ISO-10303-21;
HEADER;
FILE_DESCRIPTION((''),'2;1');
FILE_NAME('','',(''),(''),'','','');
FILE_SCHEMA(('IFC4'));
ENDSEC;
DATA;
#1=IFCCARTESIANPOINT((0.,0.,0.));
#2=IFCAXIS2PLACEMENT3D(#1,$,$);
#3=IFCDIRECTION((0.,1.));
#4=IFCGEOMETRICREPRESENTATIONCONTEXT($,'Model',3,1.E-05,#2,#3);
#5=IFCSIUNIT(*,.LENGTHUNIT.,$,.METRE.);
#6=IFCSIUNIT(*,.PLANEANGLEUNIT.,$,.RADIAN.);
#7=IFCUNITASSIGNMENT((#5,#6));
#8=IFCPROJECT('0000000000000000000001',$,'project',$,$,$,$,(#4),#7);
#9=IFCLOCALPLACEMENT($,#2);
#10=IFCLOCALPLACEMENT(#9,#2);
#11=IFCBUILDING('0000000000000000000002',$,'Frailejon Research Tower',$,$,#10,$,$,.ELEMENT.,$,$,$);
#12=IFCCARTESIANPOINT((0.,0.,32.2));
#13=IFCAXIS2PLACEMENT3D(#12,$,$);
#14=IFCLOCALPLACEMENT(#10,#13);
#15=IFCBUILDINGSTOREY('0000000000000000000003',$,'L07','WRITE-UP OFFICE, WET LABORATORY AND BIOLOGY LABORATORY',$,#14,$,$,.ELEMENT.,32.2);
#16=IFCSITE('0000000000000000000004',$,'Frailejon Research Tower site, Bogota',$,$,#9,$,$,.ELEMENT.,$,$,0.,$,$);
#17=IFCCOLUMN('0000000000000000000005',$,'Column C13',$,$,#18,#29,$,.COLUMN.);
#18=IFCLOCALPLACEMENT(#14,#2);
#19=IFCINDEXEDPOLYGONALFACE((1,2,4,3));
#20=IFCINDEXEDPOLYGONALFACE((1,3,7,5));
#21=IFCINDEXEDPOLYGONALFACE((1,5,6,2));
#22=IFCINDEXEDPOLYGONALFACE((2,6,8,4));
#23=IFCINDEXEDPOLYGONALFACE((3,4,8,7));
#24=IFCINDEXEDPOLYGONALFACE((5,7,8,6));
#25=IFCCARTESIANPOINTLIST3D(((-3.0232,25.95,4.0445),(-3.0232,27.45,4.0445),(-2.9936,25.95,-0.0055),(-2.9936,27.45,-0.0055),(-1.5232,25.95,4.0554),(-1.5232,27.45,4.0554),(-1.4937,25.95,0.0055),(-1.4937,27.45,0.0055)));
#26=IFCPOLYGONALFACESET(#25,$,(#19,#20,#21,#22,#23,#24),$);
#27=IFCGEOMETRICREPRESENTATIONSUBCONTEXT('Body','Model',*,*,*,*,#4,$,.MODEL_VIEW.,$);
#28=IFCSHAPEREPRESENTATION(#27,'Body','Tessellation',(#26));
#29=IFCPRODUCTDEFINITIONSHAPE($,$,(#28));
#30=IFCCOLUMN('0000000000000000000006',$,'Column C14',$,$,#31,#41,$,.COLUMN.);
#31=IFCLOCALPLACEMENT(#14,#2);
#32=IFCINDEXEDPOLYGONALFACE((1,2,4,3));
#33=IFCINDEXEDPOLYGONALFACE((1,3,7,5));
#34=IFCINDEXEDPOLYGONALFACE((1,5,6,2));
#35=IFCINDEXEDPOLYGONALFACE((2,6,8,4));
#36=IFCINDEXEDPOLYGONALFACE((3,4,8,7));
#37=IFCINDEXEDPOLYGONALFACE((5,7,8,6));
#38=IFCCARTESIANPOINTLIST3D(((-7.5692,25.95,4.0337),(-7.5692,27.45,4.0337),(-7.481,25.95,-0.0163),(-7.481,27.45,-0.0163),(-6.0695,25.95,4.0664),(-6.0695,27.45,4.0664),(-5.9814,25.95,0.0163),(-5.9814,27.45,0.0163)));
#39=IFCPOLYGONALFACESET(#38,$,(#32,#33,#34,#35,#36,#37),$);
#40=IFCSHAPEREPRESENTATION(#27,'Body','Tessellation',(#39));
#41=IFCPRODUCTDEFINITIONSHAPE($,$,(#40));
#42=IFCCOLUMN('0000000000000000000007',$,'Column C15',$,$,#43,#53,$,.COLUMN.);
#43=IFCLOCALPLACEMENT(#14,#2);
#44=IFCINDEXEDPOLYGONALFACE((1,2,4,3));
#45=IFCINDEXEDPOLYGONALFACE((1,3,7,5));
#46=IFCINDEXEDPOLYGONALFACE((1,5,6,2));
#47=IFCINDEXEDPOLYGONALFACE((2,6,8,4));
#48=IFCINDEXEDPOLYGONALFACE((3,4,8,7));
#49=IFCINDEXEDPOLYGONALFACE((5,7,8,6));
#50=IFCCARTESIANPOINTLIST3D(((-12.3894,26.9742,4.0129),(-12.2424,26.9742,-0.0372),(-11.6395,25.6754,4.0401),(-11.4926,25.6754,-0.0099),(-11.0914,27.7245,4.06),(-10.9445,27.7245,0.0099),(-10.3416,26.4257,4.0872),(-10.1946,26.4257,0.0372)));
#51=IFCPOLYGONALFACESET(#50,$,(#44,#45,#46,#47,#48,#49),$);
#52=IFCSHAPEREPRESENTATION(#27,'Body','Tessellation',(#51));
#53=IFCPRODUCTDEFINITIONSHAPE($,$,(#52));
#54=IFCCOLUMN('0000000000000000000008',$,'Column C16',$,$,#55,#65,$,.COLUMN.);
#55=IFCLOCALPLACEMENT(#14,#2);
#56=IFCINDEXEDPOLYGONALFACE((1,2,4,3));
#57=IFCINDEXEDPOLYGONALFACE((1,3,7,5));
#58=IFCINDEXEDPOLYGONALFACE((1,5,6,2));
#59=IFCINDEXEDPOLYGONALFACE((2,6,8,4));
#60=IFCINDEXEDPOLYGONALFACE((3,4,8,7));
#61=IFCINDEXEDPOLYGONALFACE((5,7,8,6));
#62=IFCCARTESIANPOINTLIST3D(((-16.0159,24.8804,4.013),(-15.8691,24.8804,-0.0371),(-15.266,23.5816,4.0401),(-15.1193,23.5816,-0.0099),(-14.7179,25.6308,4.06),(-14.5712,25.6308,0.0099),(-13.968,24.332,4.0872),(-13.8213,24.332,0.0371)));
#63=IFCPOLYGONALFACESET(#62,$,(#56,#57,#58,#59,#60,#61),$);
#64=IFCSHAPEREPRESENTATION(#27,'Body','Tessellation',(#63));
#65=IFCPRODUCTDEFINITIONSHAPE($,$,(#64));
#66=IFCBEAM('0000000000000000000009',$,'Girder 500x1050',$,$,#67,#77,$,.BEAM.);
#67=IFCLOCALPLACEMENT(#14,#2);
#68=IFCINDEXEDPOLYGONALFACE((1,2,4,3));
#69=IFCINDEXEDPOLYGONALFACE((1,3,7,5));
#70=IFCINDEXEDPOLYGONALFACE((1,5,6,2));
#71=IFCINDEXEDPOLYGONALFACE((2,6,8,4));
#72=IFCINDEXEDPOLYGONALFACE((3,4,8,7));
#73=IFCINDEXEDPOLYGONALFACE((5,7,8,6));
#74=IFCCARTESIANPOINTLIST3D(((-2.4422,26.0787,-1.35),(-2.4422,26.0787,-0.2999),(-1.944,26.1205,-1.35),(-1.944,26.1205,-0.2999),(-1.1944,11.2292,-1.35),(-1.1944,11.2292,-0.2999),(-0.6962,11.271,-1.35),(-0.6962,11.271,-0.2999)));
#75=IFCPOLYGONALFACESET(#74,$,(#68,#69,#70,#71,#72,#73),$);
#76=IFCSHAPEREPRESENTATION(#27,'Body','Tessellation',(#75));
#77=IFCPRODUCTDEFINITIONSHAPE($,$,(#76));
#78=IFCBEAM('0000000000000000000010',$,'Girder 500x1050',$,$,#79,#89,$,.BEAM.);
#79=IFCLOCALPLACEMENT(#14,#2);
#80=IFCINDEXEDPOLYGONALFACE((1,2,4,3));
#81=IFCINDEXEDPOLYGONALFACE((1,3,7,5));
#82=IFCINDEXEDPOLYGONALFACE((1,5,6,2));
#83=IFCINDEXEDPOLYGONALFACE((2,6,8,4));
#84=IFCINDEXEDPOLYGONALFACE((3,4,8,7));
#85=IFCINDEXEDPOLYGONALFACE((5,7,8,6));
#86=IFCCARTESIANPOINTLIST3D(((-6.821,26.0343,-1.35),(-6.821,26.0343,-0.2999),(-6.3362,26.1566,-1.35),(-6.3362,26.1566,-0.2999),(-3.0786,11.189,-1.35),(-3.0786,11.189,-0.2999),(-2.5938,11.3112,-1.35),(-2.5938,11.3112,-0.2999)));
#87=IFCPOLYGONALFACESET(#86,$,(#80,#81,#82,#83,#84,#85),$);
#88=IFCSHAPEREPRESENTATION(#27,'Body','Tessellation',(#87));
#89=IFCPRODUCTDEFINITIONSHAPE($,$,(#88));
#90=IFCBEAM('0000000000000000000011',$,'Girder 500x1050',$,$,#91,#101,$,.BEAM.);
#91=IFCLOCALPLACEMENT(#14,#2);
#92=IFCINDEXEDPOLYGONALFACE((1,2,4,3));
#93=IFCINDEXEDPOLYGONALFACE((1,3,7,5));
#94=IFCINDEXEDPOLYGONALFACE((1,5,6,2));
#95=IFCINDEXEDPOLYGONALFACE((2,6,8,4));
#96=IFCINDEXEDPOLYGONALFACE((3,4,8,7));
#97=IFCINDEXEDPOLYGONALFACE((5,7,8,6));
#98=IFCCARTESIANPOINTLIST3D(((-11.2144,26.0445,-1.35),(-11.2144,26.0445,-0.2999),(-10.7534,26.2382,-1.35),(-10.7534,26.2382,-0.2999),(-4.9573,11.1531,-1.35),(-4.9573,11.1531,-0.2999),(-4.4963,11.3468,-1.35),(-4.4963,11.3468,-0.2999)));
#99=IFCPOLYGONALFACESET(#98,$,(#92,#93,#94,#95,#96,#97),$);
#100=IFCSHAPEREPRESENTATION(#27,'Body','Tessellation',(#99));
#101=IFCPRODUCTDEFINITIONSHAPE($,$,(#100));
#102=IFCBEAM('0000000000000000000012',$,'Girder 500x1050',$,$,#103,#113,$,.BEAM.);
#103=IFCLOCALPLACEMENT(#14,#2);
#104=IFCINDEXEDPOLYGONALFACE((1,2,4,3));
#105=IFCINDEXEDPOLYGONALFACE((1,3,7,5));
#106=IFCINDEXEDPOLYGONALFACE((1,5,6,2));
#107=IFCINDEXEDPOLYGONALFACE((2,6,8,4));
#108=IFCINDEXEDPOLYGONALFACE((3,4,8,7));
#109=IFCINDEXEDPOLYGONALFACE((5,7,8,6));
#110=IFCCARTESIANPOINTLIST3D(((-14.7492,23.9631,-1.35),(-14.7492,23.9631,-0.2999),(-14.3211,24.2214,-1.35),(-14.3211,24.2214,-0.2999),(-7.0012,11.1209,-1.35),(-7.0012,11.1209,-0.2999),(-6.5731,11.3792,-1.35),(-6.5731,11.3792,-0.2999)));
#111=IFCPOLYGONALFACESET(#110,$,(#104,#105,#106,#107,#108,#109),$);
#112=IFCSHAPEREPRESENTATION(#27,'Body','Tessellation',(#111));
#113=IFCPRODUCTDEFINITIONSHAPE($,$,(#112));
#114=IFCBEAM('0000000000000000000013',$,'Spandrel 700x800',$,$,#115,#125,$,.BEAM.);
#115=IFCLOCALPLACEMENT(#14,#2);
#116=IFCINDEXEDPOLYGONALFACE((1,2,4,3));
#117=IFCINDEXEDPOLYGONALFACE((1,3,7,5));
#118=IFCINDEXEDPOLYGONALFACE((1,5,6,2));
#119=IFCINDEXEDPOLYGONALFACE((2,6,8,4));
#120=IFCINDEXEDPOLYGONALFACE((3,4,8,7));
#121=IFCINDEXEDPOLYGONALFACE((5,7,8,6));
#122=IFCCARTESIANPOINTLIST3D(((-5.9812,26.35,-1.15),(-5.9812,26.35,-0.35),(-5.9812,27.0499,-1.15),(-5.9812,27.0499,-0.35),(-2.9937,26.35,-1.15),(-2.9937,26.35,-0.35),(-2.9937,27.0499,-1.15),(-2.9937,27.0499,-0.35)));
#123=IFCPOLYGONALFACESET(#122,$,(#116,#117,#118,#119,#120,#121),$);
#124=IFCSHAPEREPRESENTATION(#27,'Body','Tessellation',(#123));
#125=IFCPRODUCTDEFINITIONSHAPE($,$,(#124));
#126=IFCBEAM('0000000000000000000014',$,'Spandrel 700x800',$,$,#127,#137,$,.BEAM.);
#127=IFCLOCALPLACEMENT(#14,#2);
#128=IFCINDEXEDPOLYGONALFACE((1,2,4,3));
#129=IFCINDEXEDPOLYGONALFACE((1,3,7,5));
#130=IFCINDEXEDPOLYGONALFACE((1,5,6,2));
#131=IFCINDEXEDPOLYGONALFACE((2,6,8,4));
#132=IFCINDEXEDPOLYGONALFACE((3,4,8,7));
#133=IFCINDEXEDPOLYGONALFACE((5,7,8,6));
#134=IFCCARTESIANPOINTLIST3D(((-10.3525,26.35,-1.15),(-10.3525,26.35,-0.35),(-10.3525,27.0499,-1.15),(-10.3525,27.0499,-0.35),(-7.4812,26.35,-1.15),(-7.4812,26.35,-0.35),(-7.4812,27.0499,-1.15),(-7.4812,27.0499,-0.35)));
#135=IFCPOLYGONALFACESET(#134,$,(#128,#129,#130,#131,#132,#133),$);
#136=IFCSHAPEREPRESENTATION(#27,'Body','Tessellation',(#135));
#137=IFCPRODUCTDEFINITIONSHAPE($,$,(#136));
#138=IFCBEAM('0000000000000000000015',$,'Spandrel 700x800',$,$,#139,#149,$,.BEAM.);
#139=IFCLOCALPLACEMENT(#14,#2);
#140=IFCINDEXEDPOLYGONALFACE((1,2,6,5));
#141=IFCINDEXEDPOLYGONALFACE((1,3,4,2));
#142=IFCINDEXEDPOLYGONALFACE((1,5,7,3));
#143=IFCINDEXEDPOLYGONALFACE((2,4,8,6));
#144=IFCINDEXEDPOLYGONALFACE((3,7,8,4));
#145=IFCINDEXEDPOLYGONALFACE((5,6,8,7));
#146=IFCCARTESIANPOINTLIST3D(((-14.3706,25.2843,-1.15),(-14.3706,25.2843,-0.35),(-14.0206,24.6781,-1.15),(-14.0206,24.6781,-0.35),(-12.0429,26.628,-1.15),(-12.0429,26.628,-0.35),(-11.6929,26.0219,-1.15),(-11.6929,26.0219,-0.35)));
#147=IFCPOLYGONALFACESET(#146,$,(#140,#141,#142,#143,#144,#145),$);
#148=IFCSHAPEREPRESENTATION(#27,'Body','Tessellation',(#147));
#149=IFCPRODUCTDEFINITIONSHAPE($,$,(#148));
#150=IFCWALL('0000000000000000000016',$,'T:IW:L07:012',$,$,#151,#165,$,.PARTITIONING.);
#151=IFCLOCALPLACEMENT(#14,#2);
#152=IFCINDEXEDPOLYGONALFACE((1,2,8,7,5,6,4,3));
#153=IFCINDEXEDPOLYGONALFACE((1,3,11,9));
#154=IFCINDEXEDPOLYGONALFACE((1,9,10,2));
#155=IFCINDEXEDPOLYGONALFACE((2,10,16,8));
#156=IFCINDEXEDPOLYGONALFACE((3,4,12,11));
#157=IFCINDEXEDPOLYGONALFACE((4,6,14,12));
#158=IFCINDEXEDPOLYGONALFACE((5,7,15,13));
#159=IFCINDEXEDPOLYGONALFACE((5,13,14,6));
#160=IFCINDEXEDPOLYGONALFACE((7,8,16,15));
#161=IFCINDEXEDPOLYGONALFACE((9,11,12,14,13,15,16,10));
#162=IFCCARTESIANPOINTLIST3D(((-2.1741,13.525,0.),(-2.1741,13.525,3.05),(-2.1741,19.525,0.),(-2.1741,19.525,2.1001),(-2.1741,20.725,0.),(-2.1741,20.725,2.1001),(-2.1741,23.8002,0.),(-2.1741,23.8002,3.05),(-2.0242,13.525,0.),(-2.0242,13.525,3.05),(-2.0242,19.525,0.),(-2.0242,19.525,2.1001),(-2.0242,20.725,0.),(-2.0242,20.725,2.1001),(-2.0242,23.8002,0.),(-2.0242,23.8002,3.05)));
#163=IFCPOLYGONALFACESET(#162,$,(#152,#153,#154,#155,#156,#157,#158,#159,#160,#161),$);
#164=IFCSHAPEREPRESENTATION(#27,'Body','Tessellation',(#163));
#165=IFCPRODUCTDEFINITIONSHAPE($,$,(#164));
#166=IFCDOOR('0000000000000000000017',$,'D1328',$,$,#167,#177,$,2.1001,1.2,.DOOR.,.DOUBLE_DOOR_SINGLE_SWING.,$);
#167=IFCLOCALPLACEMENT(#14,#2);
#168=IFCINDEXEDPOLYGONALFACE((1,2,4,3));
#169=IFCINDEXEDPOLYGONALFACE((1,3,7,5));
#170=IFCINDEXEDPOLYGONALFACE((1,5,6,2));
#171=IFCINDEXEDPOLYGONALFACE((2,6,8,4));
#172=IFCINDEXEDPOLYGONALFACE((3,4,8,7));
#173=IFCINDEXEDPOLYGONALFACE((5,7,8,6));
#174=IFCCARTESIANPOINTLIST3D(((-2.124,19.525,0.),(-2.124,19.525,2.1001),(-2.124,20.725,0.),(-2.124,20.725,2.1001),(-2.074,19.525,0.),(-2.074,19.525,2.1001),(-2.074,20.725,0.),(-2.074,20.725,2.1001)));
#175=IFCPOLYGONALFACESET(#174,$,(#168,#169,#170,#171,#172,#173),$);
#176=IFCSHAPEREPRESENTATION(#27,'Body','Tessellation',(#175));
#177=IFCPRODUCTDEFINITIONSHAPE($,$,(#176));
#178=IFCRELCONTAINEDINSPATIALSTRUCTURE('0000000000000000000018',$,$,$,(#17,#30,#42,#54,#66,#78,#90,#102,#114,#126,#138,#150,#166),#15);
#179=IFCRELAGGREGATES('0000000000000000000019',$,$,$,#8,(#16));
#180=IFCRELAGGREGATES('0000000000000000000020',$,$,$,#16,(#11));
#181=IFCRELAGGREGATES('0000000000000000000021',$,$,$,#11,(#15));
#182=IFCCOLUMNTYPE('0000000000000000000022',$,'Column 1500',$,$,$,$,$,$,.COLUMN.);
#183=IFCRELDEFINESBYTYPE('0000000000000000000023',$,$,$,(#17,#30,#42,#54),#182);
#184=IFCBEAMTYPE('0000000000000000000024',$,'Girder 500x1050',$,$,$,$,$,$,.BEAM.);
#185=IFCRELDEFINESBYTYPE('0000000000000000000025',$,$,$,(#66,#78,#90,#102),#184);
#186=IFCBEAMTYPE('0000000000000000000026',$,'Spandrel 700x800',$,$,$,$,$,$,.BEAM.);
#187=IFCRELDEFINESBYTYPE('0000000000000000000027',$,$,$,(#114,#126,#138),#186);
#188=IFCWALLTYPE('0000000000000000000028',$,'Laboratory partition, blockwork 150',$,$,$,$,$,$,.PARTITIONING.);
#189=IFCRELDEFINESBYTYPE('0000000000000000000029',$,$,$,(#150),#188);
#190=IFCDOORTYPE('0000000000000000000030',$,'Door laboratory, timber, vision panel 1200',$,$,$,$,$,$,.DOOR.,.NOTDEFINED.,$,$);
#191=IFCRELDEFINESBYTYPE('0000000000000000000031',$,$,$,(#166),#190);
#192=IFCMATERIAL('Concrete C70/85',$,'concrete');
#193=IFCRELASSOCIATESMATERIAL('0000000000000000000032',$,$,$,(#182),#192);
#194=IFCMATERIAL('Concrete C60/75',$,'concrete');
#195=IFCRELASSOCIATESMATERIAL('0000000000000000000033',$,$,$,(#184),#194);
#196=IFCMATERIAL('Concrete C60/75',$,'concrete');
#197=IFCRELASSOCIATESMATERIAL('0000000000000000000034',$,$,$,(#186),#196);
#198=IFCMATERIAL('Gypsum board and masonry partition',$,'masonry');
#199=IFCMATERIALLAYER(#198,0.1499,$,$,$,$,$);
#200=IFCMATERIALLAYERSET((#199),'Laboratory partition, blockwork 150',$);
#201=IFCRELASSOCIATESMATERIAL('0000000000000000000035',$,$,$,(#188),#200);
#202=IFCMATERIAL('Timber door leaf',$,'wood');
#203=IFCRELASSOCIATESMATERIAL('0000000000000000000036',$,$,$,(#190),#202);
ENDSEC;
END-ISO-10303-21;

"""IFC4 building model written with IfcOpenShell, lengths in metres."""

from ifc_helpers import new_model, si_unit, direction, frame, frame_2d, origin, origin_2d, place, context, subcontext, project, spatial, rectangle, extrude, material, layer, layer_set, material_profile, profile_set, type_object, element, fill, save


model = new_model("IFC4")

# Units and contexts
model_context = context("Model", 3, precision=1e-05, world=origin(), true_north=direction((0.0, 1.0)))
body_context = subcontext(model_context, "Body", "Model", "MODEL_VIEW")
ifc_project = project(units=[si_unit("LENGTHUNIT", "METRE"), si_unit("PLANEANGLEUNIT", "RADIAN")], contexts=[model_context])

# Site, building, storey
site_placement = place(None, origin())
site = spatial("IfcSite", under=ifc_project, at=site_placement, Name="Frailejon Research Tower site, Bogota", CompositionType="ELEMENT", RefElevation=0.0)
building_placement = place(site_placement, origin())
building = spatial("IfcBuilding", under=site, at=building_placement, Name="Frailejon Research Tower", CompositionType="ELEMENT")
storey_placement = place(building_placement, frame((0.0, 0.0, 32.2)))
storey = spatial("IfcBuildingStorey", under=building, at=storey_placement, Name="L07", Description="WRITE-UP OFFICE, WET LABORATORY AND BIOLOGY LABORATORY", CompositionType="ELEMENT", Elevation=32.2)

# Columns
ifc_material_1 = material(Name="Concrete C70/85", Category="concrete")
ifc_material_profile_1 = material_profile(ifc_material_1, rectangle(XDim=1.5, YDim=1.5, at=origin_2d()), Name="Column 1500")
ifc_profile_set_1 = profile_set([ifc_material_profile_1], Name="Concrete C70/85")
column_type = type_object("IfcColumnType", Name="Column 1500", PredefinedType="COLUMN", material=ifc_profile_set_1)
column_1_placement = place(storey_placement, frame((-2.2437, 26.7, 0.0), z_axis=(-0.007294, 0.0, 0.999973), x_axis=(-0.999973, 0.0, -0.007294)))
element("IfcColumn", 1, at=column_1_placement, inside=storey, type_object=column_type, Name="Column C13", PredefinedType="COLUMN", context=body_context, shape_type="SweptSolid", body=[
    extrude(rectangle(XDim=1.5, YDim=1.5, at=origin_2d()), origin(), (0.0, 0.0, 1.0), 4.05),
])
column_2_placement = place(storey_placement, frame((-6.7312, 26.7, 0.0), z_axis=(-0.021756, 0.0, 0.999763), x_axis=(-0.999763, 0.0, -0.021756)))
element("IfcColumn", 2, at=column_2_placement, inside=storey, type_object=column_type, Name="Column C14", PredefinedType="COLUMN", context=body_context, shape_type="SweptSolid", body=[
    extrude(rectangle(XDim=1.5, YDim=1.5, at=origin_2d()), origin(), (0.0, 0.0, 1.0), 4.051),
])
for number, where, z_axis, x_axis, name in (
    (3, (-11.2185, 26.7, 0.0), (-0.036265, 0.0, 0.999342), (-0.865314, -0.500246, -0.031401), "Column C15"),
    (4, (-14.8452, 24.6062, 0.0), (-0.036205, 0.0, 0.999344), (-0.865315, -0.500246, -0.031349), "Column C16"),
):
    element("IfcColumn", number, at=place(storey_placement, frame(where, z_axis=z_axis, x_axis=x_axis)), inside=storey, type_object=column_type, Name=name, PredefinedType="COLUMN", context=body_context, shape_type="SweptSolid", body=[
        extrude(rectangle(XDim=1.5, YDim=1.5, at=origin_2d()), origin(), (0.0, 0.0, 1.0), 4.0527),
    ])

# Beams
ifc_material_2 = material(Name="Concrete C60/75", Category="concrete")
ifc_material_profile_2 = material_profile(ifc_material_2, rectangle(XDim=0.5, YDim=1.05, at=origin_2d()), Name="Girder 500x1050")
ifc_profile_set_2 = profile_set([ifc_material_profile_2], Name="Concrete C60/75")
beam_type_1 = type_object("IfcBeamType", Name="Girder 500x1050", PredefinedType="BEAM", material=ifc_profile_set_2)
beam_1_placement = place(storey_placement, frame((-2.1931, 26.0996, -0.825), z_axis=(0.083734, -0.996488, 0.0), x_axis=(0.996488, 0.083734, 0.0)))
element("IfcBeam", 5, at=beam_1_placement, inside=storey, type_object=beam_type_1, Name="Girder 500x1050", PredefinedType="BEAM", context=body_context, shape_type="SweptSolid", body=[
    extrude(rectangle(XDim=0.5, YDim=1.05, at=origin_2d()), origin(), (0.0, 0.0, 1.0), 14.9019),
])
beam_2_placement = place(storey_placement, frame((-6.5786, 26.0955, -0.825), z_axis=(0.244445, -0.969663, 0.0), x_axis=(0.969663, 0.244445, 0.0)))
element("IfcBeam", 6, at=beam_2_placement, inside=storey, type_object=beam_type_1, Name="Girder 500x1050", PredefinedType="BEAM", context=body_context, shape_type="SweptSolid", body=[
    extrude(rectangle(XDim=0.5, YDim=1.05, at=origin_2d()), origin(), (0.0, 0.0, 1.0), 15.3098),
])
beam_3_placement = place(storey_placement, frame((-10.9839, 26.1414, -0.825), z_axis=(0.387375, -0.921922, 0.0), x_axis=(0.921922, 0.387375, 0.0)))
element("IfcBeam", 7, at=beam_3_placement, inside=storey, type_object=beam_type_1, Name="Girder 500x1050", PredefinedType="BEAM", context=body_context, shape_type="SweptSolid", body=[
    extrude(rectangle(XDim=0.5, YDim=1.05, at=origin_2d()), origin(), (0.0, 0.0, 1.0), 16.1526),
])
beam_4_placement = place(storey_placement, frame((-14.5352, 24.0923, -0.825), z_axis=(0.516586, -0.856235, 0.0), x_axis=(0.856235, 0.516586, 0.0)))
element("IfcBeam", 8, at=beam_4_placement, inside=storey, type_object=beam_type_1, Name="Girder 500x1050", PredefinedType="BEAM", context=body_context, shape_type="SweptSolid", body=[
    extrude(rectangle(XDim=0.5, YDim=1.05, at=origin_2d()), origin(), (0.0, 0.0, 1.0), 14.9985),
])
ifc_material_3 = material(Name="Concrete C60/75", Category="concrete")
ifc_material_profile_3 = material_profile(ifc_material_3, rectangle(XDim=0.7, YDim=0.8, at=origin_2d()), Name="Spandrel 700x800")
ifc_profile_set_3 = profile_set([ifc_material_profile_3], Name="Concrete C60/75")
beam_type_2 = type_object("IfcBeamType", Name="Spandrel 700x800", PredefinedType="BEAM", material=ifc_profile_set_3)
beam_5_placement = place(storey_placement, frame((-2.9937, 26.7, -0.75), z_axis=(-1.0, 0.0, 0.0), x_axis=(0.0, -1.0, 0.0)))
element("IfcBeam", 9, at=beam_5_placement, inside=storey, type_object=beam_type_2, Name="Spandrel 700x800", PredefinedType="BEAM", context=body_context, shape_type="SweptSolid", body=[
    extrude(rectangle(XDim=0.7, YDim=0.8, at=origin_2d()), origin(), (0.0, 0.0, 1.0), 2.9875),
])
beam_6_placement = place(storey_placement, frame((-7.4812, 26.7, -0.75), z_axis=(-1.0, 0.0, 0.0), x_axis=(0.0, -1.0, 0.0)))
element("IfcBeam", 10, at=beam_6_placement, inside=storey, type_object=beam_type_2, Name="Spandrel 700x800", PredefinedType="BEAM", context=body_context, shape_type="SweptSolid", body=[
    extrude(rectangle(XDim=0.7, YDim=0.8, at=origin_2d()), origin(), (0.0, 0.0, 1.0), 2.8713),
])
beam_7_placement = place(storey_placement, frame((-11.8679, 26.325, -0.75), z_axis=(-0.866043, -0.499969, 0.0), x_axis=(0.499969, -0.866043, 0.0)))
element("IfcBeam", 11, at=beam_7_placement, inside=storey, type_object=beam_type_2, Name="Spandrel 700x800", PredefinedType="BEAM", context=body_context, shape_type="SweptSolid", body=[
    extrude(rectangle(XDim=0.7, YDim=0.8, at=origin_2d()), origin(), (0.0, 0.0, 1.0), 2.6877),
])

# Wall, opening, door
ifc_material_4 = material(Name="Gypsum board and masonry partition", Category="masonry")
ifc_layer_1 = layer(ifc_material_4, 0.1499)
ifc_layer_set_1 = layer_set([ifc_layer_1], Name="Laboratory partition, blockwork 150")
wall_type_1 = type_object("IfcWallType", Name="Laboratory partition, blockwork 150", PredefinedType="PARTITIONING", material=ifc_layer_set_1)
wall_1_placement = place(storey_placement, frame((-2.0991, 13.5249, 0.0), z_axis=(0.0, 0.0, 1.0), x_axis=(0.0, 1.0, 0.0)))
wall_1 = element("IfcWall", 12, at=wall_1_placement, inside=storey, type_object=wall_type_1, Name="T:IW:L07:012", PredefinedType="PARTITIONING", context=body_context, shape_type="SweptSolid", body=[
    extrude(rectangle(XDim=10.2751, YDim=0.1499, at=frame_2d((5.1377, 0.0))), origin(), (0.0, 0.0, 1.0), 3.05),
])
opening_1_placement = place(wall_1_placement, frame((6.0, 0.0, 0.0)))
opening_1 = element("IfcOpeningElement", 13, at=opening_1_placement, cuts=wall_1, PredefinedType="OPENING", context=body_context, shape_type="SweptSolid", body=[
    extrude(rectangle(XDim=1.2, YDim=2.1001, at=frame_2d((0.6001, 1.05))), frame((0.0, 0.085, 0.0), z_axis=(0.0, -1.0, 0.0), x_axis=(1.0, 0.0, 0.0)), (0.0, 0.0, 1.0), 0.1699),
])
ifc_material_5 = material(Name="Timber door leaf", Category="wood")
door_type_1 = type_object("IfcDoorType", Name="Door laboratory, timber, vision panel 1200", OperationType="NOTDEFINED", PredefinedType="DOOR", material=ifc_material_5)
door_1_placement = place(opening_1_placement, origin())
door_1 = element("IfcDoor", 14, at=door_1_placement, inside=storey, type_object=door_type_1, Name="D1328", OperationType="DOUBLE_DOOR_SINGLE_SWING", OverallHeight=2.1001, OverallWidth=1.2, PredefinedType="DOOR", context=body_context, shape_type="SweptSolid", body=[
    extrude(rectangle(XDim=1.2, YDim=2.1001, at=frame_2d((0.6001, 1.05))), frame((0.0, 0.0249, 0.0), z_axis=(0.0, -1.0, 0.0), x_axis=(1.0, 0.0, 0.0)), (0.0, 0.0, 1.0), 0.05),
])
fill(opening_1, door_1)

save(model, "model.ifc")
